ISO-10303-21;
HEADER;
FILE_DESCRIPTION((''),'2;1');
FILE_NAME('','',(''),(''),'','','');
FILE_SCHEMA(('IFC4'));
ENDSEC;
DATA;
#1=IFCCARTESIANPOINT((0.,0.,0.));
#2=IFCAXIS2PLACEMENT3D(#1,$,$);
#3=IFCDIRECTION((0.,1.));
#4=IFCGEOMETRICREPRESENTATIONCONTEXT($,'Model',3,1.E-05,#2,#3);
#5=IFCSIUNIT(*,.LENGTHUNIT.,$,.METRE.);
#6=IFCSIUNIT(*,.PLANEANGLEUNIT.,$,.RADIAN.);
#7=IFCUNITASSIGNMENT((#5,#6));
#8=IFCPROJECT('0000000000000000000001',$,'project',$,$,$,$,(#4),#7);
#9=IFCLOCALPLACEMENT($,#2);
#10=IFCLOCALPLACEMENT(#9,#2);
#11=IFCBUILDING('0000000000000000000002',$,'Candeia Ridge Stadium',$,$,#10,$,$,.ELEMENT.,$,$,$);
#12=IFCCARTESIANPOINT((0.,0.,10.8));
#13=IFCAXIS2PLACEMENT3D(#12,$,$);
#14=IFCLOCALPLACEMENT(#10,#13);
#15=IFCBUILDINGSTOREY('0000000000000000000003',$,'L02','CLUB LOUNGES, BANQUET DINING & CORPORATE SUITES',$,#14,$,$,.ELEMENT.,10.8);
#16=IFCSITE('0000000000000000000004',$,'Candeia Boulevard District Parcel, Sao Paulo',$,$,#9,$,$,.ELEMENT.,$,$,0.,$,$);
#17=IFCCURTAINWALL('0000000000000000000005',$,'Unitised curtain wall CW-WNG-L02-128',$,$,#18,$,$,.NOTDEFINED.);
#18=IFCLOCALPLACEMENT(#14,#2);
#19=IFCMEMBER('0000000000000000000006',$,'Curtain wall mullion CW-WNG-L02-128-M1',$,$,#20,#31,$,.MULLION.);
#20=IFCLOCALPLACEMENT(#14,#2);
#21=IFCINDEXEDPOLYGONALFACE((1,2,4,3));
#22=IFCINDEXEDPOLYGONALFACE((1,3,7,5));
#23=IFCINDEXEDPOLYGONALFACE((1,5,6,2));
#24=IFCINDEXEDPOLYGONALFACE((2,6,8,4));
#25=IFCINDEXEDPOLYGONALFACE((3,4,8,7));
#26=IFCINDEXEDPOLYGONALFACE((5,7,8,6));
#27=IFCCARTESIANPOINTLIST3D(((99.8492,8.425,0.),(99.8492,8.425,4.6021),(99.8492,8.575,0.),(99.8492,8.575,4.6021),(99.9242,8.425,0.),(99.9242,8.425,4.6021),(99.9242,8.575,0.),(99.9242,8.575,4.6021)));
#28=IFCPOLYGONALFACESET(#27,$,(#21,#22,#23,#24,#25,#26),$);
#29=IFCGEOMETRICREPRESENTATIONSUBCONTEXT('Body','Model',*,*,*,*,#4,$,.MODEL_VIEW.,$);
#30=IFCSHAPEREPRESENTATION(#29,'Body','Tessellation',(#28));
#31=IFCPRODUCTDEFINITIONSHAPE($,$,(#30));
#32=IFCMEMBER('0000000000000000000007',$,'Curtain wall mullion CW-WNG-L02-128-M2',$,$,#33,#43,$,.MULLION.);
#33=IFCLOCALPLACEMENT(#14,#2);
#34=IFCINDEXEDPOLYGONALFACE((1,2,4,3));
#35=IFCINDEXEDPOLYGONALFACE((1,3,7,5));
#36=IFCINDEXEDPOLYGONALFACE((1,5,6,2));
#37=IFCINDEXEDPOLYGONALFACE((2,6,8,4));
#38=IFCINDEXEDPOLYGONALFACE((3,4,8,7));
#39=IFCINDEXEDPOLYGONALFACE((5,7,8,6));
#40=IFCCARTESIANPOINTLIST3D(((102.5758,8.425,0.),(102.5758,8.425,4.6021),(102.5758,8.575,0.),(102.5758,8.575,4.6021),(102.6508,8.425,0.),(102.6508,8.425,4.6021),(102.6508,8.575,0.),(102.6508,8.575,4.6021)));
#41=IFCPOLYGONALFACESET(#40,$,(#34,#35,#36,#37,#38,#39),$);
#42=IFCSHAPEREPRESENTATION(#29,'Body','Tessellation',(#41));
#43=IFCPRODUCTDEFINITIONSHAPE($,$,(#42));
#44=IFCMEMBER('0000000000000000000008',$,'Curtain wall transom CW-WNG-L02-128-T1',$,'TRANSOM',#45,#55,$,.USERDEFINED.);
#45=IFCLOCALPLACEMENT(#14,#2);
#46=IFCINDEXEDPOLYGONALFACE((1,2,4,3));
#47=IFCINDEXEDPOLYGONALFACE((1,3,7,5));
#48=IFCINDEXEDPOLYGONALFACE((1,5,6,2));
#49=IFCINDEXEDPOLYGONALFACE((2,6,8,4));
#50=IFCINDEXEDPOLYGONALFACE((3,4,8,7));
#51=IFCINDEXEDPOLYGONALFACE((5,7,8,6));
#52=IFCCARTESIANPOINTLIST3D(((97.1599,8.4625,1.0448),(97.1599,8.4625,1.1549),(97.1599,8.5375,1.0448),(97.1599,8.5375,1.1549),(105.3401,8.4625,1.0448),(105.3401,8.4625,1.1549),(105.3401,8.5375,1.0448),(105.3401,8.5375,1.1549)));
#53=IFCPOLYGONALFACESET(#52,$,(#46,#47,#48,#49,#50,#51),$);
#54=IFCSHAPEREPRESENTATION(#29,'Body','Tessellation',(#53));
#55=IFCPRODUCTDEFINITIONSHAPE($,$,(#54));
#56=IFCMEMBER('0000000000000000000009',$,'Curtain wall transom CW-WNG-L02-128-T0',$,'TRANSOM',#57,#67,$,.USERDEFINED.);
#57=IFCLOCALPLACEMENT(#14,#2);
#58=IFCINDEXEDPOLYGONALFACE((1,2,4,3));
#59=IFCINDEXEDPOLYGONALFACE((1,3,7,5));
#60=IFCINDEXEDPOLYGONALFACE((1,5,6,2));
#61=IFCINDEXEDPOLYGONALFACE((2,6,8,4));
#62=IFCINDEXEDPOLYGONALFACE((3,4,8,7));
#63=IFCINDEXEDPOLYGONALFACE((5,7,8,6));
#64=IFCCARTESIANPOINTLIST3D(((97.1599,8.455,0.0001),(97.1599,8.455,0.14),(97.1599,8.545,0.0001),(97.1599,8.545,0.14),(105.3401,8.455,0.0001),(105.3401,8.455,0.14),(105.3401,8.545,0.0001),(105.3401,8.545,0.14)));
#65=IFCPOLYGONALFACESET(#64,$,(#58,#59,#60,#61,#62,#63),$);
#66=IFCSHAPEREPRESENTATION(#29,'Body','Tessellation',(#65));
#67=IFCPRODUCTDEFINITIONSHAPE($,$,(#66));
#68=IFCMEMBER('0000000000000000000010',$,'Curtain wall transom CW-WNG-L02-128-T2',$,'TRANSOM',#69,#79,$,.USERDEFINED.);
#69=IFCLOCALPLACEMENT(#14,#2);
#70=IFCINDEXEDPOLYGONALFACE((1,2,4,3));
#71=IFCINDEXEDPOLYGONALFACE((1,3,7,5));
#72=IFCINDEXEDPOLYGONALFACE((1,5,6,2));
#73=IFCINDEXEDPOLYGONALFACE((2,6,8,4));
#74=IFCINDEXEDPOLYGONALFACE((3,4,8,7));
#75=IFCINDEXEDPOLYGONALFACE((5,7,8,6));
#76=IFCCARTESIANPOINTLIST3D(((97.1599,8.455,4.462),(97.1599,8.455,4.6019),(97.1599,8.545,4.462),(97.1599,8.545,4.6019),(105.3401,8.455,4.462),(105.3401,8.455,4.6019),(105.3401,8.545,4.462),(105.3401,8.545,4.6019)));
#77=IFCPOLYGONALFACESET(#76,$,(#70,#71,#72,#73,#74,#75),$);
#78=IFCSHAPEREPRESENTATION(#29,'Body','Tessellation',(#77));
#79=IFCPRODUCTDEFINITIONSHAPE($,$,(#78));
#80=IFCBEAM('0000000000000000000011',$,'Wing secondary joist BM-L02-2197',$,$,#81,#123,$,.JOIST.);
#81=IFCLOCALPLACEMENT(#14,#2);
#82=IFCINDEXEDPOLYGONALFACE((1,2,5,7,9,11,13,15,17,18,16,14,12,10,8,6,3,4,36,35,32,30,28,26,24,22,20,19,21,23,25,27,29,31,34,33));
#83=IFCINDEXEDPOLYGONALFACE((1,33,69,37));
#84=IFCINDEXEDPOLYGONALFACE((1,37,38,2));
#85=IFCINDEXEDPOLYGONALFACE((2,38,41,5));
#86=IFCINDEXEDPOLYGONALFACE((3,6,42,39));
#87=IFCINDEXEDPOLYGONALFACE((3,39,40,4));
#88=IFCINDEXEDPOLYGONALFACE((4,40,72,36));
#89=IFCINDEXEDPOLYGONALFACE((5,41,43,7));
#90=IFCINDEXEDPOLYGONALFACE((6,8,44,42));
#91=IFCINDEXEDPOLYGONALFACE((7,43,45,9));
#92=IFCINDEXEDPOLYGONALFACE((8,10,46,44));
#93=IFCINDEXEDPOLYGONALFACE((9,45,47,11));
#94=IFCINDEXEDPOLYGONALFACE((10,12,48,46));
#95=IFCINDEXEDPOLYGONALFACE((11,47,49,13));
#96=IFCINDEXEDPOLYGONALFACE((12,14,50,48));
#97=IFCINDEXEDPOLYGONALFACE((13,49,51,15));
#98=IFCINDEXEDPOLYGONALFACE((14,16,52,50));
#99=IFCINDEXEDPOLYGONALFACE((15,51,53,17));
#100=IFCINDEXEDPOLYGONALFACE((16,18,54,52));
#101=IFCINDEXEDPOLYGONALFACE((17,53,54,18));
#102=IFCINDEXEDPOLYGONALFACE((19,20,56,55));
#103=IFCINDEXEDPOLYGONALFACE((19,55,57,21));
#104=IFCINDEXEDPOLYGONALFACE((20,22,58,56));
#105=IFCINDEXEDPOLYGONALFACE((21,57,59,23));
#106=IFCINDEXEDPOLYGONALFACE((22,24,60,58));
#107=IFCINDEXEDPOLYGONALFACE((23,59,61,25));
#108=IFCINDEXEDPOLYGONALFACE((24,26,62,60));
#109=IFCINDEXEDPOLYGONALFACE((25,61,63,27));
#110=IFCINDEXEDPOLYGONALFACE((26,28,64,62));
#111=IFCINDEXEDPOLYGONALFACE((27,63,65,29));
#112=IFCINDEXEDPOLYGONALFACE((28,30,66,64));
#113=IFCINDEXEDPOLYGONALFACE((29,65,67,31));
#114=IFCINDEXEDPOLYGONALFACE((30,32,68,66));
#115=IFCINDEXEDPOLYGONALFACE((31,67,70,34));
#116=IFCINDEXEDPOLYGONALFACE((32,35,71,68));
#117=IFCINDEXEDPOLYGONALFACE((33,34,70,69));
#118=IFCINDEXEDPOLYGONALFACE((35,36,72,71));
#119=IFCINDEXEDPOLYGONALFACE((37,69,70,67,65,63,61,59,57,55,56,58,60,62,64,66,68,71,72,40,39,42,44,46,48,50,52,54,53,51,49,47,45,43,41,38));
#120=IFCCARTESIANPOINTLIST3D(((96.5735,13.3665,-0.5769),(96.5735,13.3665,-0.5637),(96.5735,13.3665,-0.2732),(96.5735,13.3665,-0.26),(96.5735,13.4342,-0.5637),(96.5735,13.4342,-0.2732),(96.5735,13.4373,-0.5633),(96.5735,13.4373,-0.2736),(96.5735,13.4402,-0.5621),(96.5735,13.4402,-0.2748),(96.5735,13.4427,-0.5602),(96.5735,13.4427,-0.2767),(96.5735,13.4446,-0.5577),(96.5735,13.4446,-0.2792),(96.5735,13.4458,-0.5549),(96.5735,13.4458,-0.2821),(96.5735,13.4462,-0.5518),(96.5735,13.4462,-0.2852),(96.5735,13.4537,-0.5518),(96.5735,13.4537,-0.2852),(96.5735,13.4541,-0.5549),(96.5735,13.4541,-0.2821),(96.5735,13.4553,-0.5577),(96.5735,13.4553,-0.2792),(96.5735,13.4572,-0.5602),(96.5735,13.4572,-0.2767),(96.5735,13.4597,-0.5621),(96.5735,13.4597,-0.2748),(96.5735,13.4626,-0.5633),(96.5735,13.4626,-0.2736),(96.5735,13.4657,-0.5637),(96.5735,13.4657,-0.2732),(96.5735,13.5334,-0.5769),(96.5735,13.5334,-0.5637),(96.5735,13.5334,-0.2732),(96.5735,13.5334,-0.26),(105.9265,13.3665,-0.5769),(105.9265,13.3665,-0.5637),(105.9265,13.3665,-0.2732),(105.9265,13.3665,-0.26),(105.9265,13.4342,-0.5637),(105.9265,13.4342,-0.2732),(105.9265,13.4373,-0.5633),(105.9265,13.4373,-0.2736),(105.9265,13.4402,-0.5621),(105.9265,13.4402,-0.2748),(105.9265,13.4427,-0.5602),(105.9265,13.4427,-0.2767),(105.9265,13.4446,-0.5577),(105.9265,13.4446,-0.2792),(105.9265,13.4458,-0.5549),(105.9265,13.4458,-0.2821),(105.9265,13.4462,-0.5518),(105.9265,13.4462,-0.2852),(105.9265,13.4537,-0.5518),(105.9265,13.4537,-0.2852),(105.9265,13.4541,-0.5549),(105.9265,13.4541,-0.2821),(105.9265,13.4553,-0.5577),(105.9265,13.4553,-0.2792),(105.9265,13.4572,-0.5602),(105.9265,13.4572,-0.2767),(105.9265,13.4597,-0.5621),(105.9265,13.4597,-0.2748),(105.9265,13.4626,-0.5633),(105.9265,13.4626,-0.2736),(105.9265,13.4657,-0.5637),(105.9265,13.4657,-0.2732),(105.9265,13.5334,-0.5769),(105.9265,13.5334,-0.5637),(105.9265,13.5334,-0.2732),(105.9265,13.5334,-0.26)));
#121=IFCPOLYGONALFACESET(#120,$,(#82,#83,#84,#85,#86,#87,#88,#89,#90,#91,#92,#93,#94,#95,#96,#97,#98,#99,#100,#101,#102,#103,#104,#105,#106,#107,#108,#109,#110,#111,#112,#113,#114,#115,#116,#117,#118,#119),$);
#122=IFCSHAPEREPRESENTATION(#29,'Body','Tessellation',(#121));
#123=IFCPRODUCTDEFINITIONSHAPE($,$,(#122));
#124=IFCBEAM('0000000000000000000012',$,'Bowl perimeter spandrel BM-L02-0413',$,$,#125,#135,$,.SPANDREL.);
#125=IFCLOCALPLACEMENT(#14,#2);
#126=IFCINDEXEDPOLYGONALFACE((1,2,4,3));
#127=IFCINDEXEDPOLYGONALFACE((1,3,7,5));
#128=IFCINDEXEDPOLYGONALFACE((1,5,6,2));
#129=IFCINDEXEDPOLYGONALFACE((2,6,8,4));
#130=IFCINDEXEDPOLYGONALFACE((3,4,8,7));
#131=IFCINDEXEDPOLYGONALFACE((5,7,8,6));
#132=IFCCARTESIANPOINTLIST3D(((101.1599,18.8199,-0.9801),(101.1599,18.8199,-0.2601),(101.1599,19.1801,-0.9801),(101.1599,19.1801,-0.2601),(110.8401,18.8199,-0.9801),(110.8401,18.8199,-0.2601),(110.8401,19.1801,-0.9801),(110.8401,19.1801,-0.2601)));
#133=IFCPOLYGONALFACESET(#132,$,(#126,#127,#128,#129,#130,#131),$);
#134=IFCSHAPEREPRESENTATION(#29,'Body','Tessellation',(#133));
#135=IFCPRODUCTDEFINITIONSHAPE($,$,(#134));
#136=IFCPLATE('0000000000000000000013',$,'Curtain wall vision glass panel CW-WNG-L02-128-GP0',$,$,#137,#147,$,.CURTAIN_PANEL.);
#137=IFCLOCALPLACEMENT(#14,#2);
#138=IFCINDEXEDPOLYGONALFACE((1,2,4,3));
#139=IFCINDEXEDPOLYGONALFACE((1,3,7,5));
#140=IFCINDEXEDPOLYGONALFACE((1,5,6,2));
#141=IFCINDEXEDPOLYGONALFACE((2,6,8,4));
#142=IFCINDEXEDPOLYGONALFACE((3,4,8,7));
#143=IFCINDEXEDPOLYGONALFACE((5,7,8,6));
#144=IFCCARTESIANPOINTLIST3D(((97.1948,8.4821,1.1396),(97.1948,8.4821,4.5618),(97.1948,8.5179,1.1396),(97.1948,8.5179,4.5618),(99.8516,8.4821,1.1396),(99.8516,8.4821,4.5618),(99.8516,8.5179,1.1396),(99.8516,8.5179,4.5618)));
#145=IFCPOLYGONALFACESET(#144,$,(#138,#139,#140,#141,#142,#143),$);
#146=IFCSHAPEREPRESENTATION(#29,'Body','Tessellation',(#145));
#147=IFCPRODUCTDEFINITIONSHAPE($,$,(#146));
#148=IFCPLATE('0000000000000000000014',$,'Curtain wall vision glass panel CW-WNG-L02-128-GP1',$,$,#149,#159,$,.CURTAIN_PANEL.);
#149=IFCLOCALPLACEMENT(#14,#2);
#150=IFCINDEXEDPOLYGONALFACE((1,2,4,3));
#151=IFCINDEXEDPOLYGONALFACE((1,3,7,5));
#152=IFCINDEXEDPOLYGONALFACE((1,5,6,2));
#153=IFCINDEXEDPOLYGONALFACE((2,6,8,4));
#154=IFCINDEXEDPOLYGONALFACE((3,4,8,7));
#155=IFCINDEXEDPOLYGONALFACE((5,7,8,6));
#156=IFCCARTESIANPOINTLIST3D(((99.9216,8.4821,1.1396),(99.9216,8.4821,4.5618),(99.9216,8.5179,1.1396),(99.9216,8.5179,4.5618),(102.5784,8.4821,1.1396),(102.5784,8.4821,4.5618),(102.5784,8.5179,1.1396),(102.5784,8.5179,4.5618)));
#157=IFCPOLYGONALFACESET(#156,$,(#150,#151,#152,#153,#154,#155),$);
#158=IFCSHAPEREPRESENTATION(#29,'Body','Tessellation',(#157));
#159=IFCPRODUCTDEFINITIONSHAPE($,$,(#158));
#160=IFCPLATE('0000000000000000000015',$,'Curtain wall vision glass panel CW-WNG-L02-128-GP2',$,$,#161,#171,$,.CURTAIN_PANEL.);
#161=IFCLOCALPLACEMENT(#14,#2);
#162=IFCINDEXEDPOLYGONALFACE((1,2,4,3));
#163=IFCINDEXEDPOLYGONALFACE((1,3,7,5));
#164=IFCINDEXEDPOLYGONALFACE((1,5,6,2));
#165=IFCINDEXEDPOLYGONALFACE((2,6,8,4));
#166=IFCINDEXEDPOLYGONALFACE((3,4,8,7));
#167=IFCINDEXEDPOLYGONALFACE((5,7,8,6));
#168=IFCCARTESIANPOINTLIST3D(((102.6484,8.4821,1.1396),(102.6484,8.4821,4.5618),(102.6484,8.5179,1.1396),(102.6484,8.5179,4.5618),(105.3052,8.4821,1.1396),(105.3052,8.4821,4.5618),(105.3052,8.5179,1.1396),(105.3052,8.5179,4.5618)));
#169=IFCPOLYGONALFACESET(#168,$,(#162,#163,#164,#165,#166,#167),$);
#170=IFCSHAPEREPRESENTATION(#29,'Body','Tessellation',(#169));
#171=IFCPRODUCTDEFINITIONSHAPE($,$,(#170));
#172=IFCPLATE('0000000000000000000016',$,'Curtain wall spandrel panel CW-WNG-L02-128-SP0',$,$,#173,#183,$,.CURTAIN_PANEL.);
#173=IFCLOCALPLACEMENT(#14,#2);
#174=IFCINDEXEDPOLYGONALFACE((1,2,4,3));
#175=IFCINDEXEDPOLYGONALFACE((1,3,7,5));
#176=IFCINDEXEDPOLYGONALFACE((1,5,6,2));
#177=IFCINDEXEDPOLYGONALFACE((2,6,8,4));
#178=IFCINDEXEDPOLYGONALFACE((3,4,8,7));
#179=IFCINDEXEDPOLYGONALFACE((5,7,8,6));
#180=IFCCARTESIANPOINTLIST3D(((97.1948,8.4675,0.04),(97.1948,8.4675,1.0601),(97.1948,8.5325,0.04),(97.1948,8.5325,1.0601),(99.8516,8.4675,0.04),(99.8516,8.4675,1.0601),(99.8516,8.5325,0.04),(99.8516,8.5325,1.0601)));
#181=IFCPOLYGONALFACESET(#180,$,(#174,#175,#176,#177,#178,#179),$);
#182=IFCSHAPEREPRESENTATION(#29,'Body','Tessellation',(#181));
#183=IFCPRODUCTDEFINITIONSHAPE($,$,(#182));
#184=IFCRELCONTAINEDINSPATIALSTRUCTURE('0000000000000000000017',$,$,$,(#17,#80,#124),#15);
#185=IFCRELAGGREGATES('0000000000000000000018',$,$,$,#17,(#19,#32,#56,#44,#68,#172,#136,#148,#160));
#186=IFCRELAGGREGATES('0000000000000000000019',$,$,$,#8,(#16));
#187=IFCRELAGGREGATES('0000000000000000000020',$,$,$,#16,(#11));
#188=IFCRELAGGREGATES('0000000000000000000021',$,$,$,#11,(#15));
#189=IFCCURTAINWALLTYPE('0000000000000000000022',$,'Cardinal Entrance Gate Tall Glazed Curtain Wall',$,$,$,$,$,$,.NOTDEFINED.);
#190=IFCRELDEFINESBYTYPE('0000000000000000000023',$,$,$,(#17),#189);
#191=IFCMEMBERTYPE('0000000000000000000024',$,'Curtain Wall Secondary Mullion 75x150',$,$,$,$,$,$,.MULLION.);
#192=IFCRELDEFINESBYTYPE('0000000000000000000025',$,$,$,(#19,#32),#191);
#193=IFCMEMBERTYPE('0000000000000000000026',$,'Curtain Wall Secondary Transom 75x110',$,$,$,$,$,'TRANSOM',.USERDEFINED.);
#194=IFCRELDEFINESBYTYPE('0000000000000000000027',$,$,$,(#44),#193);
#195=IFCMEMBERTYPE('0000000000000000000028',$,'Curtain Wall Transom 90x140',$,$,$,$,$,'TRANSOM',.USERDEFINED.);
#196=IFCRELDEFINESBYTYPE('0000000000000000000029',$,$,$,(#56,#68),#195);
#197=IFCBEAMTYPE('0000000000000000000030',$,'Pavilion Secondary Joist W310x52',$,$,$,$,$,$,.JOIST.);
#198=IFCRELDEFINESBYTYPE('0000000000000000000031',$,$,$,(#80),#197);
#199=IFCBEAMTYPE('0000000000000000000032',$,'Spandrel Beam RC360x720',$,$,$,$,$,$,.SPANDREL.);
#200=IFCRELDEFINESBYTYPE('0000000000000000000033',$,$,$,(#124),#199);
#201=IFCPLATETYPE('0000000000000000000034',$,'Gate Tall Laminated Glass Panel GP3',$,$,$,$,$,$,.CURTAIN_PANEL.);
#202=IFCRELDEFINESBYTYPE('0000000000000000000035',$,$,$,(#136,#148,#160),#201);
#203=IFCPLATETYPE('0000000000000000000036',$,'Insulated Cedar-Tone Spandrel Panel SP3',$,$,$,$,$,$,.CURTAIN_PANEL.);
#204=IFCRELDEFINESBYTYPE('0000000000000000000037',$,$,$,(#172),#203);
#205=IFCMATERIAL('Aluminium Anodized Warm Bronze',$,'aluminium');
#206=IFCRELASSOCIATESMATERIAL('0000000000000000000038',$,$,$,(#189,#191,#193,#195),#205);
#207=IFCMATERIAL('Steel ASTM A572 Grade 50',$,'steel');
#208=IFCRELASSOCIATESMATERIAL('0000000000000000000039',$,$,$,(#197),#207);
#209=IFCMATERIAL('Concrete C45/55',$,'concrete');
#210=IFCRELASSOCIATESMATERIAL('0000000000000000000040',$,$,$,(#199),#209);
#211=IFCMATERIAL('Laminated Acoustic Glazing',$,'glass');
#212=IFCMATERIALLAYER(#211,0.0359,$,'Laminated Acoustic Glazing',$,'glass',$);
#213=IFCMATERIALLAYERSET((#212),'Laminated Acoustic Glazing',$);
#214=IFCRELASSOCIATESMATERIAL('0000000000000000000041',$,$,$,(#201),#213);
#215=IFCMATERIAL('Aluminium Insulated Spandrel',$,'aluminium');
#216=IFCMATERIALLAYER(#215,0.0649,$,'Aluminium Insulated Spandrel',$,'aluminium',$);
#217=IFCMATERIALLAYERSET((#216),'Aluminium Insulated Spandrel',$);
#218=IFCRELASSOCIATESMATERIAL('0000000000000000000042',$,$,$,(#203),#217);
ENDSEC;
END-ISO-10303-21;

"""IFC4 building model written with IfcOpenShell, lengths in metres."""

from ifc_helpers import new_model, si_unit, direction, frame, origin, origin_2d, place, context, subcontext, project, spatial, rectangle, i_section, extrude, material, layer, layer_set, material_profile, profile_set, type_object, element, aggregate, save


model = new_model("IFC4")

# Units and contexts
model_context = context("Model", 3, precision=1e-05, world=origin(), true_north=direction((0.0, 1.0)))
body_context = subcontext(model_context, "Body", "Model", "MODEL_VIEW")
ifc_project = project(units=[si_unit("LENGTHUNIT", "METRE"), si_unit("PLANEANGLEUNIT", "RADIAN")], contexts=[model_context])

# Site, building, storey
site_placement = place(None, origin())
site = spatial("IfcSite", under=ifc_project, at=site_placement, Name="Candeia Boulevard District Parcel, Sao Paulo", CompositionType="ELEMENT", RefElevation=0.0)
building_placement = place(site_placement, origin())
building = spatial("IfcBuilding", under=site, at=building_placement, Name="Candeia Ridge Stadium", CompositionType="ELEMENT")
storey_placement = place(building_placement, frame((0.0, 0.0, 10.8)))
storey = spatial("IfcBuildingStorey", under=building, at=storey_placement, Name="L02", Description="CLUB LOUNGES, BANQUET DINING & CORPORATE SUITES", CompositionType="ELEMENT", Elevation=10.8)

# Shared definitions
ifc_material_1 = material(Name="Steel ASTM A572 Grade 50", Category="steel")
ifc_material_2 = material(Name="Concrete C45/55", Category="concrete")

# Curtain wall, members
ifc_material_3 = material(Name="Aluminium Anodized Warm Bronze", Category="aluminium")
curtain_wall_type = type_object("IfcCurtainWallType", Name="Cardinal Entrance Gate Tall Glazed Curtain Wall", PredefinedType="NOTDEFINED", material=ifc_material_3)
curtain_wall_placement = place(storey_placement, origin())
curtain_wall = element("IfcCurtainWall", 1, at=curtain_wall_placement, inside=storey, type_object=curtain_wall_type, Name="Unitised curtain wall CW-WNG-L02-128", PredefinedType="NOTDEFINED")
ifc_material_profile_1 = material_profile(ifc_material_3, rectangle(XDim=0.075, YDim=0.1499, at=origin_2d()), Name="CWM-75x150", Category="aluminium")
ifc_profile_set_1 = profile_set([ifc_material_profile_1], Name="Aluminium Anodized Warm Bronze")
member_type_1 = type_object("IfcMemberType", Name="Curtain Wall Secondary Mullion 75x150", PredefinedType="MULLION", material=ifc_profile_set_1)
member_1_placement = place(storey_placement, frame((99.8867, 8.5, 0.0), z_axis=(0.0, 0.0, 1.0), x_axis=(1.0, 0.0, 0.0)))
member_1 = element("IfcMember", 2, at=member_1_placement, type_object=member_type_1, Name="Curtain wall mullion CW-WNG-L02-128-M1", PredefinedType="MULLION", context=body_context, shape_type="SweptSolid", body=[
    extrude(rectangle(XDim=0.075, YDim=0.1499, at=origin_2d()), origin(), (0.0, 0.0, 1.0), 4.6021),
])
member_2_placement = place(storey_placement, frame((102.6133, 8.5, 0.0), z_axis=(0.0, 0.0, 1.0), x_axis=(1.0, 0.0, 0.0)))
member_2 = element("IfcMember", 3, at=member_2_placement, type_object=member_type_1, Name="Curtain wall mullion CW-WNG-L02-128-M2", PredefinedType="MULLION", context=body_context, shape_type="SweptSolid", body=[
    extrude(rectangle(XDim=0.075, YDim=0.1499, at=origin_2d()), origin(), (0.0, 0.0, 1.0), 4.6021),
])
ifc_material_profile_2 = material_profile(ifc_material_3, rectangle(XDim=0.075, YDim=0.1101, at=origin_2d()), Name="CWT-75x110", Category="aluminium")
ifc_profile_set_2 = profile_set([ifc_material_profile_2], Name="Aluminium Anodized Warm Bronze")
member_type_2 = type_object("IfcMemberType", Name="Curtain Wall Secondary Transom 75x110", ElementType="TRANSOM", PredefinedType="USERDEFINED", material=ifc_profile_set_2)
member_3_placement = place(storey_placement, frame((97.1599, 8.5, 1.0999), z_axis=(1.0, 0.0, 0.0), x_axis=(0.0, 1.0, 0.0)))
member_3 = element("IfcMember", 4, at=member_3_placement, type_object=member_type_2, Name="Curtain wall transom CW-WNG-L02-128-T1", ObjectType="TRANSOM", PredefinedType="USERDEFINED", context=body_context, shape_type="SweptSolid", body=[
    extrude(rectangle(XDim=0.075, YDim=0.1101, at=origin_2d()), origin(), (0.0, 0.0, 1.0), 8.1802),
])
ifc_material_profile_3 = material_profile(ifc_material_3, rectangle(XDim=0.0901, YDim=0.1399, at=origin_2d()), Name="CWT-90x140", Category="aluminium")
ifc_profile_set_3 = profile_set([ifc_material_profile_3], Name="Aluminium Anodized Warm Bronze")
member_type_3 = type_object("IfcMemberType", Name="Curtain Wall Transom 90x140", ElementType="TRANSOM", PredefinedType="USERDEFINED", material=ifc_profile_set_3)
member_4_placement = place(storey_placement, frame((97.1599, 8.5, 0.0701), z_axis=(1.0, 0.0, 0.0), x_axis=(0.0, 1.0, 0.0)))
member_4 = element("IfcMember", 5, at=member_4_placement, type_object=member_type_3, Name="Curtain wall transom CW-WNG-L02-128-T0", ObjectType="TRANSOM", PredefinedType="USERDEFINED", context=body_context, shape_type="SweptSolid", body=[
    extrude(rectangle(XDim=0.0901, YDim=0.1399, at=origin_2d()), origin(), (0.0, 0.0, 1.0), 8.1802),
])
member_5_placement = place(storey_placement, frame((97.1599, 8.5, 4.532), z_axis=(1.0, 0.0, 0.0), x_axis=(0.0, 1.0, 0.0)))
member_5 = element("IfcMember", 6, at=member_5_placement, type_object=member_type_3, Name="Curtain wall transom CW-WNG-L02-128-T2", ObjectType="TRANSOM", PredefinedType="USERDEFINED", context=body_context, shape_type="SweptSolid", body=[
    extrude(rectangle(XDim=0.0901, YDim=0.1399, at=origin_2d()), origin(), (0.0, 0.0, 1.0), 8.1802),
])

# Beams
ifc_material_profile_4 = material_profile(ifc_material_1, i_section(OverallWidth=0.167, OverallDepth=0.3169, WebThickness=0.0076, FlangeThickness=0.0132, FilletRadius=0.012, at=origin_2d()), Name="W310x52", Category="steel")
ifc_profile_set_4 = profile_set([ifc_material_profile_4], Name="Steel ASTM A572 Grade 50")
beam_type_1 = type_object("IfcBeamType", Name="Pavilion Secondary Joist W310x52", PredefinedType="JOIST", material=ifc_profile_set_4)
beam_1_placement = place(storey_placement, frame((96.5735, 13.45, -0.4185), z_axis=(1.0, 0.0, 0.0), x_axis=(0.0, 1.0, 0.0)))
element("IfcBeam", 7, at=beam_1_placement, inside=storey, type_object=beam_type_1, Name="Wing secondary joist BM-L02-2197", PredefinedType="JOIST", context=body_context, shape_type="SweptSolid", body=[
    extrude(i_section(OverallWidth=0.167, OverallDepth=0.3169, WebThickness=0.0076, FlangeThickness=0.0132, FilletRadius=0.012, at=origin_2d()), origin(), (0.0, 0.0, 1.0), 9.353),
])
ifc_material_profile_5 = material_profile(ifc_material_2, rectangle(XDim=0.3601, YDim=0.72, at=origin_2d()), Name="RC360x720", Category="concrete")
ifc_profile_set_5 = profile_set([ifc_material_profile_5], Name="Concrete C45/55")
beam_type_2 = type_object("IfcBeamType", Name="Spandrel Beam RC360x720", PredefinedType="SPANDREL", material=ifc_profile_set_5)
beam_2_placement = place(storey_placement, frame((101.1599, 19.0, -0.6201), z_axis=(1.0, 0.0, 0.0), x_axis=(0.0, 1.0, 0.0)))
element("IfcBeam", 8, at=beam_2_placement, inside=storey, type_object=beam_type_2, Name="Bowl perimeter spandrel BM-L02-0413", PredefinedType="SPANDREL", context=body_context, shape_type="SweptSolid", body=[
    extrude(rectangle(XDim=0.3601, YDim=0.72, at=origin_2d()), origin(), (0.0, 0.0, 1.0), 9.6802),
])

# Plates
ifc_material_4 = material(Name="Laminated Acoustic Glazing", Category="glass")
ifc_layer_1 = layer(ifc_material_4, 0.0359, Name="Laminated Acoustic Glazing", Category="glass")
ifc_layer_set_1 = layer_set([ifc_layer_1], Name="Laminated Acoustic Glazing")
plate_type_1 = type_object("IfcPlateType", Name="Gate Tall Laminated Glass Panel GP3", PredefinedType="CURTAIN_PANEL", material=ifc_layer_set_1)
plate_1_placement = place(storey_placement, frame((98.5232, 8.5, 1.1396), z_axis=(0.0, 0.0, 1.0), x_axis=(1.0, 0.0, 0.0)))
plate_1 = element("IfcPlate", 9, at=plate_1_placement, type_object=plate_type_1, Name="Curtain wall vision glass panel CW-WNG-L02-128-GP0", PredefinedType="CURTAIN_PANEL", context=body_context, shape_type="SweptSolid", body=[
    extrude(rectangle(XDim=2.6567, YDim=0.0359, at=origin_2d()), origin(), (0.0, 0.0, 1.0), 3.4221),
])
plate_2_placement = place(storey_placement, frame((101.25, 8.5, 1.1396), z_axis=(0.0, 0.0, 1.0), x_axis=(1.0, 0.0, 0.0)))
plate_2 = element("IfcPlate", 10, at=plate_2_placement, type_object=plate_type_1, Name="Curtain wall vision glass panel CW-WNG-L02-128-GP1", PredefinedType="CURTAIN_PANEL", context=body_context, shape_type="SweptSolid", body=[
    extrude(rectangle(XDim=2.6567, YDim=0.0359, at=origin_2d()), origin(), (0.0, 0.0, 1.0), 3.4221),
])
plate_3_placement = place(storey_placement, frame((103.9768, 8.5, 1.1396), z_axis=(0.0, 0.0, 1.0), x_axis=(1.0, 0.0, 0.0)))
plate_3 = element("IfcPlate", 11, at=plate_3_placement, type_object=plate_type_1, Name="Curtain wall vision glass panel CW-WNG-L02-128-GP2", PredefinedType="CURTAIN_PANEL", context=body_context, shape_type="SweptSolid", body=[
    extrude(rectangle(XDim=2.6567, YDim=0.0359, at=origin_2d()), origin(), (0.0, 0.0, 1.0), 3.4221),
])
ifc_material_5 = material(Name="Aluminium Insulated Spandrel", Category="aluminium")
ifc_layer_2 = layer(ifc_material_5, 0.0649, Name="Aluminium Insulated Spandrel", Category="aluminium")
ifc_layer_set_2 = layer_set([ifc_layer_2], Name="Aluminium Insulated Spandrel")
plate_type_2 = type_object("IfcPlateType", Name="Insulated Cedar-Tone Spandrel Panel SP3", PredefinedType="CURTAIN_PANEL", material=ifc_layer_set_2)
plate_4_placement = place(storey_placement, frame((98.5232, 8.5, 0.04), z_axis=(0.0, 0.0, 1.0), x_axis=(1.0, 0.0, 0.0)))
plate_4 = element("IfcPlate", 12, at=plate_4_placement, type_object=plate_type_2, Name="Curtain wall spandrel panel CW-WNG-L02-128-SP0", PredefinedType="CURTAIN_PANEL", context=body_context, shape_type="SweptSolid", body=[
    extrude(rectangle(XDim=2.6567, YDim=0.0649, at=origin_2d()), origin(), (0.0, 0.0, 1.0), 1.02),
])
aggregate(curtain_wall, [member_1, member_2, member_4, member_3, member_5, plate_4, plate_1, plate_2, plate_3])

save(model, "model.ifc")
